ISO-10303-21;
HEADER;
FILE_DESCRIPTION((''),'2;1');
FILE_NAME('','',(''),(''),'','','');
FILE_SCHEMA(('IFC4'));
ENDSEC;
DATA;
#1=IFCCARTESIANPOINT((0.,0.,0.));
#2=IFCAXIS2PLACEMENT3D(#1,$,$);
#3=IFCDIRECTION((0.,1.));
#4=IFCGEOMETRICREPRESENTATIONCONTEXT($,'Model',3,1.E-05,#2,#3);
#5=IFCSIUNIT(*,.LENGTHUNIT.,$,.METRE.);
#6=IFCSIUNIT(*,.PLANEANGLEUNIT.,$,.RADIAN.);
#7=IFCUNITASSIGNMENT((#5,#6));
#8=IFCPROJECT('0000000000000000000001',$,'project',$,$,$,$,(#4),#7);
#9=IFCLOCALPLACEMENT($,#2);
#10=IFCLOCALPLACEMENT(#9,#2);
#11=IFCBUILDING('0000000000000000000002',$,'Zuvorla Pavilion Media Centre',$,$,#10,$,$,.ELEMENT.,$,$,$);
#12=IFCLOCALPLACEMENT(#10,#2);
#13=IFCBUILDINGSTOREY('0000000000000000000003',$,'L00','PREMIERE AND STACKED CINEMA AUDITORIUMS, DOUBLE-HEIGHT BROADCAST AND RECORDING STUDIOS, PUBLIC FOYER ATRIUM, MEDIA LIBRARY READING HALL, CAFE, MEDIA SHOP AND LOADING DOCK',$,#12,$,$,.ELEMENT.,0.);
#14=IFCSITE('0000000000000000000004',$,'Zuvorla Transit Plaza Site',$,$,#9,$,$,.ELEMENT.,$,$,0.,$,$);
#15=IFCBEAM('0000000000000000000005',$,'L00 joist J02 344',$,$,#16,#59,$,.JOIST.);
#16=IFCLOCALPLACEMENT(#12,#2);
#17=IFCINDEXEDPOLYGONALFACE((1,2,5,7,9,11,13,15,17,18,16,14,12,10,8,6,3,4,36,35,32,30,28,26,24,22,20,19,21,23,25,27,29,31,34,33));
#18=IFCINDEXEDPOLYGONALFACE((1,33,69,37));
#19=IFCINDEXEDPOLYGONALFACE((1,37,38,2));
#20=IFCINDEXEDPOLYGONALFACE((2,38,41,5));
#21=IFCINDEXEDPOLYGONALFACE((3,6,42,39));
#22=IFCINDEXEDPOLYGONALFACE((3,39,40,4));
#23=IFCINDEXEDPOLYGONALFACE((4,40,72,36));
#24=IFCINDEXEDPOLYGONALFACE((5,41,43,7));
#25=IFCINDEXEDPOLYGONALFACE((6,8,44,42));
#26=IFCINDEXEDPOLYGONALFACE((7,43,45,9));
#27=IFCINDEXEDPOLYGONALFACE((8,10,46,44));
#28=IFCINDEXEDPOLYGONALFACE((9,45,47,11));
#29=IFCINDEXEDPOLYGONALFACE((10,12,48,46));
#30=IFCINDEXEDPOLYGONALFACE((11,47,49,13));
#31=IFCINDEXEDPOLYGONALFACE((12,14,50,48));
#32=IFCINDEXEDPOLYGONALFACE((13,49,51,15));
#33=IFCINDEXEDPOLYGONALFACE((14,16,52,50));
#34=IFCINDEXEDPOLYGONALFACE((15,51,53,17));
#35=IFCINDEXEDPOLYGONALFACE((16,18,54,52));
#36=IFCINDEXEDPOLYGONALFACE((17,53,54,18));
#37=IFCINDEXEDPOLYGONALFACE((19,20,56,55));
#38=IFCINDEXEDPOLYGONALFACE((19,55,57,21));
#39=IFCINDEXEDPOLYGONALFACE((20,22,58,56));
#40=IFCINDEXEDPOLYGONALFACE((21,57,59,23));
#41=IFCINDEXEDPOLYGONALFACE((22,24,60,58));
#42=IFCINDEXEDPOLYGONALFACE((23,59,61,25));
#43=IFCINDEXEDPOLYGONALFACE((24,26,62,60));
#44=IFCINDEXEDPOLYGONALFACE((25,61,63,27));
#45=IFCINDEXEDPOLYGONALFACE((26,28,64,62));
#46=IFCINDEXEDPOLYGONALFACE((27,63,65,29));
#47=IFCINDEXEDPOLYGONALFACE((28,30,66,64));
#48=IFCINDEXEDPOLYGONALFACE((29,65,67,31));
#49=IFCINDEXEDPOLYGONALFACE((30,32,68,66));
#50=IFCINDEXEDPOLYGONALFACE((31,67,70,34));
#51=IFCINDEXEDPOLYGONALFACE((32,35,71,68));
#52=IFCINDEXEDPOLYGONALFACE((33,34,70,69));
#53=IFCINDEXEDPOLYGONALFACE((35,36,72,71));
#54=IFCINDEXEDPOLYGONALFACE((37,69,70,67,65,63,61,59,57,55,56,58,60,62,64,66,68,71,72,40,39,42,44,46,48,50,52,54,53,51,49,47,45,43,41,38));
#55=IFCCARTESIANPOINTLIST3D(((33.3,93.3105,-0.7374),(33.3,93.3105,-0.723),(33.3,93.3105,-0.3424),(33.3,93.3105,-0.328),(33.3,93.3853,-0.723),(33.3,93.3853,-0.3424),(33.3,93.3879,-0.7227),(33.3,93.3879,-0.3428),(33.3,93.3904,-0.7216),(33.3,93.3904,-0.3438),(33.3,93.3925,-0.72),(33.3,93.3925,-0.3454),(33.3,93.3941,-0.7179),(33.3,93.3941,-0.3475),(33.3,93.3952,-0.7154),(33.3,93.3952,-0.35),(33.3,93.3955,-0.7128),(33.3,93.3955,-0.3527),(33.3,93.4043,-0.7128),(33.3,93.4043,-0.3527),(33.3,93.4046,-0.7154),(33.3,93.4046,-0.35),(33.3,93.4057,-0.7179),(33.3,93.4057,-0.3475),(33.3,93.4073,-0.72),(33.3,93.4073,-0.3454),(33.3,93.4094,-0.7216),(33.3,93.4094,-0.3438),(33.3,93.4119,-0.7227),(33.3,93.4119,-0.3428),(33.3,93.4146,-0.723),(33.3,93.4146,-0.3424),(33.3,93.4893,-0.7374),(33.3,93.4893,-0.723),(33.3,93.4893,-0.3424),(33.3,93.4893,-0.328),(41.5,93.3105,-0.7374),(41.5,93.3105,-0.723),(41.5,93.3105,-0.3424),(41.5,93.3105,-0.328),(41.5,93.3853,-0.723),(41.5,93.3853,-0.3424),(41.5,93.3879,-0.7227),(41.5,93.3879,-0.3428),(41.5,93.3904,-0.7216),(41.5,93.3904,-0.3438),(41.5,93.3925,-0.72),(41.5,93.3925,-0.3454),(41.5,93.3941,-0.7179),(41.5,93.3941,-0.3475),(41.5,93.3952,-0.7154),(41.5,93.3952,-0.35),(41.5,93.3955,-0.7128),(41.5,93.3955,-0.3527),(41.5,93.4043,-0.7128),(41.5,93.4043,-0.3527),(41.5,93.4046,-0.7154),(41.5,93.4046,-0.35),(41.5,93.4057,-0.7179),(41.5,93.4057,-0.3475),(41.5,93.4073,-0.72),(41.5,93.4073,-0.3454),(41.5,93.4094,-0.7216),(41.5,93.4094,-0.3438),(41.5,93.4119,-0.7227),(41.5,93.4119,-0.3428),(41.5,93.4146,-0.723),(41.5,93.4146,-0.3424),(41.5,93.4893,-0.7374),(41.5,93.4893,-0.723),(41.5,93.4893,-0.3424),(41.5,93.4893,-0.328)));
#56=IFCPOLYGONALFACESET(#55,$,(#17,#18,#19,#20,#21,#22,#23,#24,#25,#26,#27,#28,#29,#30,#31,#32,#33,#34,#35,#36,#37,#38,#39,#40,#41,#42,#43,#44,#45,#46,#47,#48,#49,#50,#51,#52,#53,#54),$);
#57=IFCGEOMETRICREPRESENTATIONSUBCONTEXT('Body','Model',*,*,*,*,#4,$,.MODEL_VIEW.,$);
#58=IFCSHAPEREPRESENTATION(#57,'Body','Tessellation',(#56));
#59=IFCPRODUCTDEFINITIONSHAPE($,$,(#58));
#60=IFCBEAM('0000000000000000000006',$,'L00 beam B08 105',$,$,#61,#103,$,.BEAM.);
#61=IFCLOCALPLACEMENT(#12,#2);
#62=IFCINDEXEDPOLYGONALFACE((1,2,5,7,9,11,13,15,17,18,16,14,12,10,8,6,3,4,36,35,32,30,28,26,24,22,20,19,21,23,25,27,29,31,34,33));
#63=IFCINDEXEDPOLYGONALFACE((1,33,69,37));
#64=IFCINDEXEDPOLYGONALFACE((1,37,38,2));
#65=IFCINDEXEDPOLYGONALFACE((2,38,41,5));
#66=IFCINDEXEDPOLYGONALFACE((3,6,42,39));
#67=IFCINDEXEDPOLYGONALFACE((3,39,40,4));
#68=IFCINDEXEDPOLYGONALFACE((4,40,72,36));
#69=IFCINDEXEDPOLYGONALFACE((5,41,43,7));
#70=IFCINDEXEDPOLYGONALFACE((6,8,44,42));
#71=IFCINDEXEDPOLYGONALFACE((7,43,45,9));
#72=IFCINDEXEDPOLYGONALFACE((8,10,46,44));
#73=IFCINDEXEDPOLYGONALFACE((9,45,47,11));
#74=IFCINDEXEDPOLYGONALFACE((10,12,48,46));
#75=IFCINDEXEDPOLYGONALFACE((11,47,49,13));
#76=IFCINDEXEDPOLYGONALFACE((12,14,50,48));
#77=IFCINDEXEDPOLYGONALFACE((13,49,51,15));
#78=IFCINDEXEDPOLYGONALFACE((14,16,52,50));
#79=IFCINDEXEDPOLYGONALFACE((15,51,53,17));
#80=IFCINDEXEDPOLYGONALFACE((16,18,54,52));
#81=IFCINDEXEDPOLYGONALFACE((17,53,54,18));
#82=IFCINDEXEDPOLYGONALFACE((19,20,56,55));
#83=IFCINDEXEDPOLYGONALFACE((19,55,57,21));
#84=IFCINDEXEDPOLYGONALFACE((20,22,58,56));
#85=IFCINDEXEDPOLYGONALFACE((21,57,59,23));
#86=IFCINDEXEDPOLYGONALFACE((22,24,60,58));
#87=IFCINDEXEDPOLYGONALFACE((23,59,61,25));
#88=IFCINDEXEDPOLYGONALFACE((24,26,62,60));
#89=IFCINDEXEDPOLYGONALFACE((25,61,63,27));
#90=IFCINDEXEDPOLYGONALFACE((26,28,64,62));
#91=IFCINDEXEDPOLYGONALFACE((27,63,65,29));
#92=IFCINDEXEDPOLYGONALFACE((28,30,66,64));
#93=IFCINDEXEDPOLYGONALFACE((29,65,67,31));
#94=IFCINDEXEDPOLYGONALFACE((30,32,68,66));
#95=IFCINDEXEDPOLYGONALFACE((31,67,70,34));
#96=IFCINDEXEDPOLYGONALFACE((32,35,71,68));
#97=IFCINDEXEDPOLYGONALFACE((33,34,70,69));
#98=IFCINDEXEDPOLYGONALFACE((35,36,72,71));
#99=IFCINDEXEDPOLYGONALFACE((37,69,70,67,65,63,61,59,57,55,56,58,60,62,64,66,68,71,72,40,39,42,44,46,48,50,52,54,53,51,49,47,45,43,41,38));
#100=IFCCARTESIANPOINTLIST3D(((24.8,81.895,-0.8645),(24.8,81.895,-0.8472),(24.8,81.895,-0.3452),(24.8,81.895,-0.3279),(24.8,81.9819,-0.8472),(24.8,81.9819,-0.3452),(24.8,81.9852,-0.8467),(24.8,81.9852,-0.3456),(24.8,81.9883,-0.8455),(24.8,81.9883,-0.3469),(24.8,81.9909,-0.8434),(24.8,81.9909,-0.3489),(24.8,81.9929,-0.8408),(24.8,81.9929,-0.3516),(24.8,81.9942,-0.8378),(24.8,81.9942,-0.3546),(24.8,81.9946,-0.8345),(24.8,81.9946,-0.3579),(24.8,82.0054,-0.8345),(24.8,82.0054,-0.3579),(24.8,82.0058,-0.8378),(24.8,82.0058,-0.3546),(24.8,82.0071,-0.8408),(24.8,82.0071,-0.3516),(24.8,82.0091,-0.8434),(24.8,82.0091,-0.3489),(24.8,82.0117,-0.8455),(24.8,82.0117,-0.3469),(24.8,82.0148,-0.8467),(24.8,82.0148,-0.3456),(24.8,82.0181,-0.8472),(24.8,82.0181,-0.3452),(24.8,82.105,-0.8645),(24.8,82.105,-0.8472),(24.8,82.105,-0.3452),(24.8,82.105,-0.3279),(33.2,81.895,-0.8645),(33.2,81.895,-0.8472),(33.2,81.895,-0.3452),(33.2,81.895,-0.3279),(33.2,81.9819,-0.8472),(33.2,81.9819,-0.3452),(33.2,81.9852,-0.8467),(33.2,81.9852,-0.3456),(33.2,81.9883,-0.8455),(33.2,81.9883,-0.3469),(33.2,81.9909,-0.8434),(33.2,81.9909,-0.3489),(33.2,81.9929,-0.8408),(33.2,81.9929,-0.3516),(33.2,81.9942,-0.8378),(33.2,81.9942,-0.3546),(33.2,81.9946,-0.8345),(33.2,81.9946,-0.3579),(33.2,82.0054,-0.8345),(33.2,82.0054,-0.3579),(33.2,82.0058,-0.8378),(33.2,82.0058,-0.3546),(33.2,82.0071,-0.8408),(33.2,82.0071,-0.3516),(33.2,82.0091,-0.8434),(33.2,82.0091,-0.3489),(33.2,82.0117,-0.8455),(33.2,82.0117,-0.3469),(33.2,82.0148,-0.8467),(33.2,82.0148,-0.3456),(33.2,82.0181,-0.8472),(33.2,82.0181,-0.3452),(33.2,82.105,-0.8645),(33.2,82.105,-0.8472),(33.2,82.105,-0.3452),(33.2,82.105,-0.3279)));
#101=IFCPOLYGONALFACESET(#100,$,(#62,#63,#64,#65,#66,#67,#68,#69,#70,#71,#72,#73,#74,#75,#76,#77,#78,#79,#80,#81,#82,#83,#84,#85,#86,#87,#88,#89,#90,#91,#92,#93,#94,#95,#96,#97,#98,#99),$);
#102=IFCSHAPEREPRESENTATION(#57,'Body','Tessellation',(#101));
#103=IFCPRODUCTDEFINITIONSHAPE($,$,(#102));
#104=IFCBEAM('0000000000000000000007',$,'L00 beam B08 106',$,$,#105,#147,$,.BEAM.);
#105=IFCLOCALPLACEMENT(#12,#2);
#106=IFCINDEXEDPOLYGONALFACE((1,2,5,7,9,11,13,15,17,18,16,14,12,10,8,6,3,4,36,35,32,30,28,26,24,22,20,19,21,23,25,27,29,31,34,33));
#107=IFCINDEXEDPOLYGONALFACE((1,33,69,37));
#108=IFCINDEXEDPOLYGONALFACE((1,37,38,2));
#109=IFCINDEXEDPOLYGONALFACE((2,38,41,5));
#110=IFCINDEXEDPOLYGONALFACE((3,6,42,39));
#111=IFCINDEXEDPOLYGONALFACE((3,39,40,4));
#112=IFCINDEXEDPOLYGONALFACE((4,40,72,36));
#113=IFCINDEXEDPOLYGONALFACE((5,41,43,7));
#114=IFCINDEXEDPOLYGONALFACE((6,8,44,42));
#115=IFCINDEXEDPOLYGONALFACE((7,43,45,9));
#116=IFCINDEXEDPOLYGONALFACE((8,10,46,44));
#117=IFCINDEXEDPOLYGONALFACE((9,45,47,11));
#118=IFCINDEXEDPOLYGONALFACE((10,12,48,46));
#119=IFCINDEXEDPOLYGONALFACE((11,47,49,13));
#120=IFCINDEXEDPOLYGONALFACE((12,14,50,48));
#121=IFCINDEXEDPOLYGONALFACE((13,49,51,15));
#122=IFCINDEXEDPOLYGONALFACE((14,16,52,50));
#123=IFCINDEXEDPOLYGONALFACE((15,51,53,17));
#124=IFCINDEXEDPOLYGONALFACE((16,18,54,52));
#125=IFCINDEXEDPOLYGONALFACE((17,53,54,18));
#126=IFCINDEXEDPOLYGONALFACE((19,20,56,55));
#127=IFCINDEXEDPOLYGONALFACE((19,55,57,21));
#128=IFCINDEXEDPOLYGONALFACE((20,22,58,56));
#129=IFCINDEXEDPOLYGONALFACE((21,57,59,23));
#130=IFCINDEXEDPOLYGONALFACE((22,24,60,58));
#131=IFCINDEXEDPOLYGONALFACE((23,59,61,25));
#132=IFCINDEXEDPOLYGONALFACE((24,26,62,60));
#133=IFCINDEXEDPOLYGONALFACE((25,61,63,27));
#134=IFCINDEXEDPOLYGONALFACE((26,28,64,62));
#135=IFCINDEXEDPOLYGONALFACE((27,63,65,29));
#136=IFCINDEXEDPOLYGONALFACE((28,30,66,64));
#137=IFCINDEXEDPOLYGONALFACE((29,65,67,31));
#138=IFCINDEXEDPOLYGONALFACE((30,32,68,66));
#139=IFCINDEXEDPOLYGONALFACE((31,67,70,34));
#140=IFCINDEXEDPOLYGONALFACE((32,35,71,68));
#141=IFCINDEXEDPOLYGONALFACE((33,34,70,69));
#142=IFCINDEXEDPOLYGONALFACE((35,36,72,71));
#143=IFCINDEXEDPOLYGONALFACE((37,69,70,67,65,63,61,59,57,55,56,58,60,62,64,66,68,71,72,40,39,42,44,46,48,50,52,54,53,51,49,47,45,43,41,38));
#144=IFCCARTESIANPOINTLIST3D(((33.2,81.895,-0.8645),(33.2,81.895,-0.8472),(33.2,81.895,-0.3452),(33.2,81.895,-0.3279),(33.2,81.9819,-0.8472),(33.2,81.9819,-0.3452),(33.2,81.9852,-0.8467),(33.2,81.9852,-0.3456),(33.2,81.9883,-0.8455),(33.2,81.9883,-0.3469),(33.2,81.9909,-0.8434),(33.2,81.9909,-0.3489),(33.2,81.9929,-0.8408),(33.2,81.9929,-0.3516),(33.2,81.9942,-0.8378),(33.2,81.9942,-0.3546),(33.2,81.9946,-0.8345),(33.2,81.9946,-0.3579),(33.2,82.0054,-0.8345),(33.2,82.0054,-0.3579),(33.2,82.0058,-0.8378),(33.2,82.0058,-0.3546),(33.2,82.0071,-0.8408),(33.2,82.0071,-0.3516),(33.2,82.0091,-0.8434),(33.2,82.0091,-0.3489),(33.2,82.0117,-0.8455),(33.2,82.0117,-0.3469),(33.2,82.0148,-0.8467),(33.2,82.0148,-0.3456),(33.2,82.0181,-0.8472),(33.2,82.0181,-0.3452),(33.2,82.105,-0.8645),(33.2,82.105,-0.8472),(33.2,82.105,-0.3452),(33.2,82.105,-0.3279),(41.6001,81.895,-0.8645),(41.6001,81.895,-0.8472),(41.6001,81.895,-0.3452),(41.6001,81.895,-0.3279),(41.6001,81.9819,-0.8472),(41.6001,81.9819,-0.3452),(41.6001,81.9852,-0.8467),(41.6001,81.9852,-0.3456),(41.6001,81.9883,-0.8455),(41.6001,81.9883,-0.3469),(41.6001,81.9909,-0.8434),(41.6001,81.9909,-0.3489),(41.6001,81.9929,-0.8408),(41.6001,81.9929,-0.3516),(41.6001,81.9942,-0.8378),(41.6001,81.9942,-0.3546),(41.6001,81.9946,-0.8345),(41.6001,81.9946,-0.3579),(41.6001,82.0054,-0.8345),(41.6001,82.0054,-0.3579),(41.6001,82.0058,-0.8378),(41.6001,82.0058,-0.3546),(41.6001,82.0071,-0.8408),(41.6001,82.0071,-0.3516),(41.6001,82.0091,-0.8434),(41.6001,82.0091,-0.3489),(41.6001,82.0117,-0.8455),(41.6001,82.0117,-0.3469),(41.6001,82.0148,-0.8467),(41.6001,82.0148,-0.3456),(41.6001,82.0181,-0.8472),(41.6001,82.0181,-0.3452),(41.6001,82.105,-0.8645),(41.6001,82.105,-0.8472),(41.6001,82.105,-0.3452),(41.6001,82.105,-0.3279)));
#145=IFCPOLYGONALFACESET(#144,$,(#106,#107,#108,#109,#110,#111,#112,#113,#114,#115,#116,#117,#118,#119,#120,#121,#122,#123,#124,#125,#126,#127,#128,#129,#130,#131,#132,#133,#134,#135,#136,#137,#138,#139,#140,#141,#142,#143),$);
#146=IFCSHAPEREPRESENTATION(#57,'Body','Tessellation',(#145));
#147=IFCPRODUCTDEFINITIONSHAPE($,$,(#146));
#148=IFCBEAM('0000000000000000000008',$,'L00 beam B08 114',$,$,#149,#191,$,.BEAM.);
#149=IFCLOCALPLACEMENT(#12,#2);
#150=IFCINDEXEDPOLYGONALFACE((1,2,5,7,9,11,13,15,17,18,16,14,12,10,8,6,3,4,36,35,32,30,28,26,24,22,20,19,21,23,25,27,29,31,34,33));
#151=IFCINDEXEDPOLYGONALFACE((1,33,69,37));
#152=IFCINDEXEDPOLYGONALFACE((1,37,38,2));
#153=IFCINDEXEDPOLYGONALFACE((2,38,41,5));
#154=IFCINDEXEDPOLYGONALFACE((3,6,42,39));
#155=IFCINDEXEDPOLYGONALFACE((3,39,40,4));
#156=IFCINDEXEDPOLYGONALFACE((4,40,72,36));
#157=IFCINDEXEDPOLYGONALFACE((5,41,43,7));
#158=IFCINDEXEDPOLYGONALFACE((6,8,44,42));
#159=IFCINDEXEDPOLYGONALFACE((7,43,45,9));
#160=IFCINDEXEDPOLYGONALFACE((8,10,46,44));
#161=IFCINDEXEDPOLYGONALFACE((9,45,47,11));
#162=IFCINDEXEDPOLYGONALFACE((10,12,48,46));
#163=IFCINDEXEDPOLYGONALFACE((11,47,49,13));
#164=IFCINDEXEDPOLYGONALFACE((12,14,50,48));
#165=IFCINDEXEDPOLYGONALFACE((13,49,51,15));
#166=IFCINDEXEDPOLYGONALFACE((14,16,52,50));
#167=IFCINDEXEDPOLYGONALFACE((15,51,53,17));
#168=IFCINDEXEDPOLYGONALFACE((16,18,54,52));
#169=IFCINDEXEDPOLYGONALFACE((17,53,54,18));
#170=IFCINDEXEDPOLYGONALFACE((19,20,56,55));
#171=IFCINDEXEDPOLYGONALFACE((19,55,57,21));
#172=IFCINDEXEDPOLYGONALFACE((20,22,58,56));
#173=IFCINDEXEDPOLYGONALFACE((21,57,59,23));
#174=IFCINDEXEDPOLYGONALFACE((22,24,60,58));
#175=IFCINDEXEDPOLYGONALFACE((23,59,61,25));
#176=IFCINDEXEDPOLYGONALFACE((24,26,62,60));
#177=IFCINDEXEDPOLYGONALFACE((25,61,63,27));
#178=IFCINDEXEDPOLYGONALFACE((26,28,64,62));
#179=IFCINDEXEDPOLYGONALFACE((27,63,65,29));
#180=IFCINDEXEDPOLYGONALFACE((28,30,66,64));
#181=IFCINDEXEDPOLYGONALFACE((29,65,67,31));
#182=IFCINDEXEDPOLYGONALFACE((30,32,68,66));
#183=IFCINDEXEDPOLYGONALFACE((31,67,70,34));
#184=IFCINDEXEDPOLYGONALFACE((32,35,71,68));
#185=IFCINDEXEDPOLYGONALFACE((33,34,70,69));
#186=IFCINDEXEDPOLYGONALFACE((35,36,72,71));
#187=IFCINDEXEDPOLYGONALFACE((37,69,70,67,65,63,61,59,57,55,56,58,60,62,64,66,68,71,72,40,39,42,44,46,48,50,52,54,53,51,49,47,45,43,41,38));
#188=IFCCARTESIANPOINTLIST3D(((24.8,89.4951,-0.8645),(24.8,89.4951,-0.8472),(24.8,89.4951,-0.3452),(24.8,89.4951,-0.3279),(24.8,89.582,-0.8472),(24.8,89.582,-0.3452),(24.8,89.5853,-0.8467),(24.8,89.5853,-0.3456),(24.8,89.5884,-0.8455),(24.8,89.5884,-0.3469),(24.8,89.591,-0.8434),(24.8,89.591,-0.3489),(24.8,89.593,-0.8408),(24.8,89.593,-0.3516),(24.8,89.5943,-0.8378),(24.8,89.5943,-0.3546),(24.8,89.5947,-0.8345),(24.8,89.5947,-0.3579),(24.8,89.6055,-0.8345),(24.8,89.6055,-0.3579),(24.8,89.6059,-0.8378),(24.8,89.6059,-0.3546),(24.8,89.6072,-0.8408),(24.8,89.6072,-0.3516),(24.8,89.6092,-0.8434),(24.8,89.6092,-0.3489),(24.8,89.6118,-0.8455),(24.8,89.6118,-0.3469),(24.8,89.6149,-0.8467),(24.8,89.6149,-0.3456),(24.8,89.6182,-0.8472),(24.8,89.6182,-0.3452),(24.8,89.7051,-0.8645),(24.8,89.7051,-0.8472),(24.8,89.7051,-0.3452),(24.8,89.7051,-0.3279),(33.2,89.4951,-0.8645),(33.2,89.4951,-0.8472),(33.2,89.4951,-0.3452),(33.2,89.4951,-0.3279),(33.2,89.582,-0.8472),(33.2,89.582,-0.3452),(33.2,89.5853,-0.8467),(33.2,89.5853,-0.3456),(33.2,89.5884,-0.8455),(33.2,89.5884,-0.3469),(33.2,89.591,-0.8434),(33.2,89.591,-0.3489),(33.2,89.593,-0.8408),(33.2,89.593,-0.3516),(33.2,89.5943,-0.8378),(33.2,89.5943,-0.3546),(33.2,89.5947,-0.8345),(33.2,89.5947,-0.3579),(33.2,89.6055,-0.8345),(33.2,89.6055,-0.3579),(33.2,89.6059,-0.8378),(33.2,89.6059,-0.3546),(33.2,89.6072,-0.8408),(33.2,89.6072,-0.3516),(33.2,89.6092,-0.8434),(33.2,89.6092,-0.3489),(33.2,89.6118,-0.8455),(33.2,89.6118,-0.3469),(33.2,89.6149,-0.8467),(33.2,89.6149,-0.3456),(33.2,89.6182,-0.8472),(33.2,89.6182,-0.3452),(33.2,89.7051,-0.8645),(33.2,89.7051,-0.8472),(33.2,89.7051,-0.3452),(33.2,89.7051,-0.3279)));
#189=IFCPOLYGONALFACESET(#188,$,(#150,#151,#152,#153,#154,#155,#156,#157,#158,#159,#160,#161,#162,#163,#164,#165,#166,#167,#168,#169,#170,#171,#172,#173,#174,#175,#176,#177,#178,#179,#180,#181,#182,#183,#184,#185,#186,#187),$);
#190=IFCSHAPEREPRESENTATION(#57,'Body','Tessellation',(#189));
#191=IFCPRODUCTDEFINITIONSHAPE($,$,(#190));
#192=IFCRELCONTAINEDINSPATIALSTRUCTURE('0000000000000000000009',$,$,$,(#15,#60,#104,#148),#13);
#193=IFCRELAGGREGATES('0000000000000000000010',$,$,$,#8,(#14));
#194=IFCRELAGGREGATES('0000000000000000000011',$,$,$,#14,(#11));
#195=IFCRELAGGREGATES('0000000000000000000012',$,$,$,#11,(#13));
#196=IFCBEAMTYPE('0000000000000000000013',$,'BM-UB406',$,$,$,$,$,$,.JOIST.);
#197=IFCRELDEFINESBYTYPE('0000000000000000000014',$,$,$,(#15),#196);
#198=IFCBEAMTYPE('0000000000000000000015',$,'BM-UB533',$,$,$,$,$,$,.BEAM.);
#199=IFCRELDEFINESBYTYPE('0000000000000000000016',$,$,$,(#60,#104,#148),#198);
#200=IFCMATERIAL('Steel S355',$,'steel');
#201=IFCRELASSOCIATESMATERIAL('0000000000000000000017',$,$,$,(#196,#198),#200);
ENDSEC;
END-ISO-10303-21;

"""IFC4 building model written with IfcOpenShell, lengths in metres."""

from ifc_helpers import new_model, si_unit, direction, frame, origin, origin_2d, place, context, subcontext, project, spatial, i_section, extrude, material, material_profile, profile_set, type_object, element, save


model = new_model("IFC4")

# Units and contexts
model_context = context("Model", 3, precision=1e-05, world=origin(), true_north=direction((0.0, 1.0)))
body_context = subcontext(model_context, "Body", "Model", "MODEL_VIEW")
ifc_project = project(units=[si_unit("LENGTHUNIT", "METRE"), si_unit("PLANEANGLEUNIT", "RADIAN")], contexts=[model_context])

# Site, building, storey
site_placement = place(None, origin())
site = spatial("IfcSite", under=ifc_project, at=site_placement, Name="Zuvorla Transit Plaza Site", CompositionType="ELEMENT", RefElevation=0.0)
building_placement = place(site_placement, origin())
building = spatial("IfcBuilding", under=site, at=building_placement, Name="Zuvorla Pavilion Media Centre", CompositionType="ELEMENT")
storey_placement = place(building_placement, origin())
storey = spatial("IfcBuildingStorey", under=building, at=storey_placement, Name="L00", Description="PREMIERE AND STACKED CINEMA AUDITORIUMS, DOUBLE-HEIGHT BROADCAST AND RECORDING STUDIOS, PUBLIC FOYER ATRIUM, MEDIA LIBRARY READING HALL, CAFE, MEDIA SHOP AND LOADING DOCK", CompositionType="ELEMENT", Elevation=0.0)

# Beams
ifc_material_1 = material(Name="Steel S355", Category="steel")
ifc_material_profile_1 = material_profile(ifc_material_1, i_section(OverallWidth=0.1787, OverallDepth=0.4094, WebThickness=0.0088, FlangeThickness=0.0144, FilletRadius=0.0103, at=origin_2d()), Name="UB 406x178x67")
ifc_profile_set_1 = profile_set([ifc_material_profile_1], Name="Steel S355")
beam_type_1 = type_object("IfcBeamType", Name="BM-UB406", PredefinedType="JOIST", material=ifc_profile_set_1)
for number, where, z_axis, x_axis, name in (
    (1, (33.3, 93.3999, -0.5327), (1.0, 0.0, 0.0), (0.0, 1.0, 0.0), "L00 joist J02 344"),
):
    element("IfcBeam", number, at=place(storey_placement, frame(where, z_axis=z_axis, x_axis=x_axis)), inside=storey, type_object=beam_type_1, Name=name, PredefinedType="JOIST", context=body_context, shape_type="SweptSolid", body=[
        extrude(i_section(OverallWidth=0.1787, OverallDepth=0.4094, WebThickness=0.0088, FlangeThickness=0.0144, FilletRadius=0.0103, at=origin_2d()), origin(), (0.0, 0.0, 1.0), 8.2),
    ])
ifc_material_profile_2 = material_profile(ifc_material_1, i_section(OverallWidth=0.21, OverallDepth=0.5366, WebThickness=0.0107, FlangeThickness=0.0173, FilletRadius=0.0127, at=origin_2d()), Name="UB 533x210x101")
ifc_profile_set_2 = profile_set([ifc_material_profile_2], Name="Steel S355")
beam_type_2 = type_object("IfcBeamType", Name="BM-UB533", PredefinedType="BEAM", material=ifc_profile_set_2)
beam_1_placement = place(storey_placement, frame((24.8, 82.0, -0.5962), z_axis=(1.0, 0.0, 0.0), x_axis=(0.0, 1.0, 0.0)))
element("IfcBeam", 2, at=beam_1_placement, inside=storey, type_object=beam_type_2, Name="L00 beam B08 105", PredefinedType="BEAM", context=body_context, shape_type="SweptSolid", body=[
    extrude(i_section(OverallWidth=0.21, OverallDepth=0.5366, WebThickness=0.0107, FlangeThickness=0.0173, FilletRadius=0.0127, at=origin_2d()), origin(), (0.0, 0.0, 1.0), 8.3999),
])
beam_2_placement = place(storey_placement, frame((33.2, 82.0, -0.5962), z_axis=(1.0, 0.0, 0.0), x_axis=(0.0, 1.0, 0.0)))
element("IfcBeam", 3, at=beam_2_placement, inside=storey, type_object=beam_type_2, Name="L00 beam B08 106", PredefinedType="BEAM", context=body_context, shape_type="SweptSolid", body=[
    extrude(i_section(OverallWidth=0.21, OverallDepth=0.5366, WebThickness=0.0107, FlangeThickness=0.0173, FilletRadius=0.0127, at=origin_2d()), origin(), (0.0, 0.0, 1.0), 8.4001),
])
beam_3_placement = place(storey_placement, frame((24.8, 89.6001, -0.5962), z_axis=(1.0, 0.0, 0.0), x_axis=(0.0, 1.0, 0.0)))
element("IfcBeam", 4, at=beam_3_placement, inside=storey, type_object=beam_type_2, Name="L00 beam B08 114", PredefinedType="BEAM", context=body_context, shape_type="SweptSolid", body=[
    extrude(i_section(OverallWidth=0.21, OverallDepth=0.5366, WebThickness=0.0107, FlangeThickness=0.0173, FilletRadius=0.0127, at=origin_2d()), origin(), (0.0, 0.0, 1.0), 8.3999),
])

save(model, "model.ifc")
